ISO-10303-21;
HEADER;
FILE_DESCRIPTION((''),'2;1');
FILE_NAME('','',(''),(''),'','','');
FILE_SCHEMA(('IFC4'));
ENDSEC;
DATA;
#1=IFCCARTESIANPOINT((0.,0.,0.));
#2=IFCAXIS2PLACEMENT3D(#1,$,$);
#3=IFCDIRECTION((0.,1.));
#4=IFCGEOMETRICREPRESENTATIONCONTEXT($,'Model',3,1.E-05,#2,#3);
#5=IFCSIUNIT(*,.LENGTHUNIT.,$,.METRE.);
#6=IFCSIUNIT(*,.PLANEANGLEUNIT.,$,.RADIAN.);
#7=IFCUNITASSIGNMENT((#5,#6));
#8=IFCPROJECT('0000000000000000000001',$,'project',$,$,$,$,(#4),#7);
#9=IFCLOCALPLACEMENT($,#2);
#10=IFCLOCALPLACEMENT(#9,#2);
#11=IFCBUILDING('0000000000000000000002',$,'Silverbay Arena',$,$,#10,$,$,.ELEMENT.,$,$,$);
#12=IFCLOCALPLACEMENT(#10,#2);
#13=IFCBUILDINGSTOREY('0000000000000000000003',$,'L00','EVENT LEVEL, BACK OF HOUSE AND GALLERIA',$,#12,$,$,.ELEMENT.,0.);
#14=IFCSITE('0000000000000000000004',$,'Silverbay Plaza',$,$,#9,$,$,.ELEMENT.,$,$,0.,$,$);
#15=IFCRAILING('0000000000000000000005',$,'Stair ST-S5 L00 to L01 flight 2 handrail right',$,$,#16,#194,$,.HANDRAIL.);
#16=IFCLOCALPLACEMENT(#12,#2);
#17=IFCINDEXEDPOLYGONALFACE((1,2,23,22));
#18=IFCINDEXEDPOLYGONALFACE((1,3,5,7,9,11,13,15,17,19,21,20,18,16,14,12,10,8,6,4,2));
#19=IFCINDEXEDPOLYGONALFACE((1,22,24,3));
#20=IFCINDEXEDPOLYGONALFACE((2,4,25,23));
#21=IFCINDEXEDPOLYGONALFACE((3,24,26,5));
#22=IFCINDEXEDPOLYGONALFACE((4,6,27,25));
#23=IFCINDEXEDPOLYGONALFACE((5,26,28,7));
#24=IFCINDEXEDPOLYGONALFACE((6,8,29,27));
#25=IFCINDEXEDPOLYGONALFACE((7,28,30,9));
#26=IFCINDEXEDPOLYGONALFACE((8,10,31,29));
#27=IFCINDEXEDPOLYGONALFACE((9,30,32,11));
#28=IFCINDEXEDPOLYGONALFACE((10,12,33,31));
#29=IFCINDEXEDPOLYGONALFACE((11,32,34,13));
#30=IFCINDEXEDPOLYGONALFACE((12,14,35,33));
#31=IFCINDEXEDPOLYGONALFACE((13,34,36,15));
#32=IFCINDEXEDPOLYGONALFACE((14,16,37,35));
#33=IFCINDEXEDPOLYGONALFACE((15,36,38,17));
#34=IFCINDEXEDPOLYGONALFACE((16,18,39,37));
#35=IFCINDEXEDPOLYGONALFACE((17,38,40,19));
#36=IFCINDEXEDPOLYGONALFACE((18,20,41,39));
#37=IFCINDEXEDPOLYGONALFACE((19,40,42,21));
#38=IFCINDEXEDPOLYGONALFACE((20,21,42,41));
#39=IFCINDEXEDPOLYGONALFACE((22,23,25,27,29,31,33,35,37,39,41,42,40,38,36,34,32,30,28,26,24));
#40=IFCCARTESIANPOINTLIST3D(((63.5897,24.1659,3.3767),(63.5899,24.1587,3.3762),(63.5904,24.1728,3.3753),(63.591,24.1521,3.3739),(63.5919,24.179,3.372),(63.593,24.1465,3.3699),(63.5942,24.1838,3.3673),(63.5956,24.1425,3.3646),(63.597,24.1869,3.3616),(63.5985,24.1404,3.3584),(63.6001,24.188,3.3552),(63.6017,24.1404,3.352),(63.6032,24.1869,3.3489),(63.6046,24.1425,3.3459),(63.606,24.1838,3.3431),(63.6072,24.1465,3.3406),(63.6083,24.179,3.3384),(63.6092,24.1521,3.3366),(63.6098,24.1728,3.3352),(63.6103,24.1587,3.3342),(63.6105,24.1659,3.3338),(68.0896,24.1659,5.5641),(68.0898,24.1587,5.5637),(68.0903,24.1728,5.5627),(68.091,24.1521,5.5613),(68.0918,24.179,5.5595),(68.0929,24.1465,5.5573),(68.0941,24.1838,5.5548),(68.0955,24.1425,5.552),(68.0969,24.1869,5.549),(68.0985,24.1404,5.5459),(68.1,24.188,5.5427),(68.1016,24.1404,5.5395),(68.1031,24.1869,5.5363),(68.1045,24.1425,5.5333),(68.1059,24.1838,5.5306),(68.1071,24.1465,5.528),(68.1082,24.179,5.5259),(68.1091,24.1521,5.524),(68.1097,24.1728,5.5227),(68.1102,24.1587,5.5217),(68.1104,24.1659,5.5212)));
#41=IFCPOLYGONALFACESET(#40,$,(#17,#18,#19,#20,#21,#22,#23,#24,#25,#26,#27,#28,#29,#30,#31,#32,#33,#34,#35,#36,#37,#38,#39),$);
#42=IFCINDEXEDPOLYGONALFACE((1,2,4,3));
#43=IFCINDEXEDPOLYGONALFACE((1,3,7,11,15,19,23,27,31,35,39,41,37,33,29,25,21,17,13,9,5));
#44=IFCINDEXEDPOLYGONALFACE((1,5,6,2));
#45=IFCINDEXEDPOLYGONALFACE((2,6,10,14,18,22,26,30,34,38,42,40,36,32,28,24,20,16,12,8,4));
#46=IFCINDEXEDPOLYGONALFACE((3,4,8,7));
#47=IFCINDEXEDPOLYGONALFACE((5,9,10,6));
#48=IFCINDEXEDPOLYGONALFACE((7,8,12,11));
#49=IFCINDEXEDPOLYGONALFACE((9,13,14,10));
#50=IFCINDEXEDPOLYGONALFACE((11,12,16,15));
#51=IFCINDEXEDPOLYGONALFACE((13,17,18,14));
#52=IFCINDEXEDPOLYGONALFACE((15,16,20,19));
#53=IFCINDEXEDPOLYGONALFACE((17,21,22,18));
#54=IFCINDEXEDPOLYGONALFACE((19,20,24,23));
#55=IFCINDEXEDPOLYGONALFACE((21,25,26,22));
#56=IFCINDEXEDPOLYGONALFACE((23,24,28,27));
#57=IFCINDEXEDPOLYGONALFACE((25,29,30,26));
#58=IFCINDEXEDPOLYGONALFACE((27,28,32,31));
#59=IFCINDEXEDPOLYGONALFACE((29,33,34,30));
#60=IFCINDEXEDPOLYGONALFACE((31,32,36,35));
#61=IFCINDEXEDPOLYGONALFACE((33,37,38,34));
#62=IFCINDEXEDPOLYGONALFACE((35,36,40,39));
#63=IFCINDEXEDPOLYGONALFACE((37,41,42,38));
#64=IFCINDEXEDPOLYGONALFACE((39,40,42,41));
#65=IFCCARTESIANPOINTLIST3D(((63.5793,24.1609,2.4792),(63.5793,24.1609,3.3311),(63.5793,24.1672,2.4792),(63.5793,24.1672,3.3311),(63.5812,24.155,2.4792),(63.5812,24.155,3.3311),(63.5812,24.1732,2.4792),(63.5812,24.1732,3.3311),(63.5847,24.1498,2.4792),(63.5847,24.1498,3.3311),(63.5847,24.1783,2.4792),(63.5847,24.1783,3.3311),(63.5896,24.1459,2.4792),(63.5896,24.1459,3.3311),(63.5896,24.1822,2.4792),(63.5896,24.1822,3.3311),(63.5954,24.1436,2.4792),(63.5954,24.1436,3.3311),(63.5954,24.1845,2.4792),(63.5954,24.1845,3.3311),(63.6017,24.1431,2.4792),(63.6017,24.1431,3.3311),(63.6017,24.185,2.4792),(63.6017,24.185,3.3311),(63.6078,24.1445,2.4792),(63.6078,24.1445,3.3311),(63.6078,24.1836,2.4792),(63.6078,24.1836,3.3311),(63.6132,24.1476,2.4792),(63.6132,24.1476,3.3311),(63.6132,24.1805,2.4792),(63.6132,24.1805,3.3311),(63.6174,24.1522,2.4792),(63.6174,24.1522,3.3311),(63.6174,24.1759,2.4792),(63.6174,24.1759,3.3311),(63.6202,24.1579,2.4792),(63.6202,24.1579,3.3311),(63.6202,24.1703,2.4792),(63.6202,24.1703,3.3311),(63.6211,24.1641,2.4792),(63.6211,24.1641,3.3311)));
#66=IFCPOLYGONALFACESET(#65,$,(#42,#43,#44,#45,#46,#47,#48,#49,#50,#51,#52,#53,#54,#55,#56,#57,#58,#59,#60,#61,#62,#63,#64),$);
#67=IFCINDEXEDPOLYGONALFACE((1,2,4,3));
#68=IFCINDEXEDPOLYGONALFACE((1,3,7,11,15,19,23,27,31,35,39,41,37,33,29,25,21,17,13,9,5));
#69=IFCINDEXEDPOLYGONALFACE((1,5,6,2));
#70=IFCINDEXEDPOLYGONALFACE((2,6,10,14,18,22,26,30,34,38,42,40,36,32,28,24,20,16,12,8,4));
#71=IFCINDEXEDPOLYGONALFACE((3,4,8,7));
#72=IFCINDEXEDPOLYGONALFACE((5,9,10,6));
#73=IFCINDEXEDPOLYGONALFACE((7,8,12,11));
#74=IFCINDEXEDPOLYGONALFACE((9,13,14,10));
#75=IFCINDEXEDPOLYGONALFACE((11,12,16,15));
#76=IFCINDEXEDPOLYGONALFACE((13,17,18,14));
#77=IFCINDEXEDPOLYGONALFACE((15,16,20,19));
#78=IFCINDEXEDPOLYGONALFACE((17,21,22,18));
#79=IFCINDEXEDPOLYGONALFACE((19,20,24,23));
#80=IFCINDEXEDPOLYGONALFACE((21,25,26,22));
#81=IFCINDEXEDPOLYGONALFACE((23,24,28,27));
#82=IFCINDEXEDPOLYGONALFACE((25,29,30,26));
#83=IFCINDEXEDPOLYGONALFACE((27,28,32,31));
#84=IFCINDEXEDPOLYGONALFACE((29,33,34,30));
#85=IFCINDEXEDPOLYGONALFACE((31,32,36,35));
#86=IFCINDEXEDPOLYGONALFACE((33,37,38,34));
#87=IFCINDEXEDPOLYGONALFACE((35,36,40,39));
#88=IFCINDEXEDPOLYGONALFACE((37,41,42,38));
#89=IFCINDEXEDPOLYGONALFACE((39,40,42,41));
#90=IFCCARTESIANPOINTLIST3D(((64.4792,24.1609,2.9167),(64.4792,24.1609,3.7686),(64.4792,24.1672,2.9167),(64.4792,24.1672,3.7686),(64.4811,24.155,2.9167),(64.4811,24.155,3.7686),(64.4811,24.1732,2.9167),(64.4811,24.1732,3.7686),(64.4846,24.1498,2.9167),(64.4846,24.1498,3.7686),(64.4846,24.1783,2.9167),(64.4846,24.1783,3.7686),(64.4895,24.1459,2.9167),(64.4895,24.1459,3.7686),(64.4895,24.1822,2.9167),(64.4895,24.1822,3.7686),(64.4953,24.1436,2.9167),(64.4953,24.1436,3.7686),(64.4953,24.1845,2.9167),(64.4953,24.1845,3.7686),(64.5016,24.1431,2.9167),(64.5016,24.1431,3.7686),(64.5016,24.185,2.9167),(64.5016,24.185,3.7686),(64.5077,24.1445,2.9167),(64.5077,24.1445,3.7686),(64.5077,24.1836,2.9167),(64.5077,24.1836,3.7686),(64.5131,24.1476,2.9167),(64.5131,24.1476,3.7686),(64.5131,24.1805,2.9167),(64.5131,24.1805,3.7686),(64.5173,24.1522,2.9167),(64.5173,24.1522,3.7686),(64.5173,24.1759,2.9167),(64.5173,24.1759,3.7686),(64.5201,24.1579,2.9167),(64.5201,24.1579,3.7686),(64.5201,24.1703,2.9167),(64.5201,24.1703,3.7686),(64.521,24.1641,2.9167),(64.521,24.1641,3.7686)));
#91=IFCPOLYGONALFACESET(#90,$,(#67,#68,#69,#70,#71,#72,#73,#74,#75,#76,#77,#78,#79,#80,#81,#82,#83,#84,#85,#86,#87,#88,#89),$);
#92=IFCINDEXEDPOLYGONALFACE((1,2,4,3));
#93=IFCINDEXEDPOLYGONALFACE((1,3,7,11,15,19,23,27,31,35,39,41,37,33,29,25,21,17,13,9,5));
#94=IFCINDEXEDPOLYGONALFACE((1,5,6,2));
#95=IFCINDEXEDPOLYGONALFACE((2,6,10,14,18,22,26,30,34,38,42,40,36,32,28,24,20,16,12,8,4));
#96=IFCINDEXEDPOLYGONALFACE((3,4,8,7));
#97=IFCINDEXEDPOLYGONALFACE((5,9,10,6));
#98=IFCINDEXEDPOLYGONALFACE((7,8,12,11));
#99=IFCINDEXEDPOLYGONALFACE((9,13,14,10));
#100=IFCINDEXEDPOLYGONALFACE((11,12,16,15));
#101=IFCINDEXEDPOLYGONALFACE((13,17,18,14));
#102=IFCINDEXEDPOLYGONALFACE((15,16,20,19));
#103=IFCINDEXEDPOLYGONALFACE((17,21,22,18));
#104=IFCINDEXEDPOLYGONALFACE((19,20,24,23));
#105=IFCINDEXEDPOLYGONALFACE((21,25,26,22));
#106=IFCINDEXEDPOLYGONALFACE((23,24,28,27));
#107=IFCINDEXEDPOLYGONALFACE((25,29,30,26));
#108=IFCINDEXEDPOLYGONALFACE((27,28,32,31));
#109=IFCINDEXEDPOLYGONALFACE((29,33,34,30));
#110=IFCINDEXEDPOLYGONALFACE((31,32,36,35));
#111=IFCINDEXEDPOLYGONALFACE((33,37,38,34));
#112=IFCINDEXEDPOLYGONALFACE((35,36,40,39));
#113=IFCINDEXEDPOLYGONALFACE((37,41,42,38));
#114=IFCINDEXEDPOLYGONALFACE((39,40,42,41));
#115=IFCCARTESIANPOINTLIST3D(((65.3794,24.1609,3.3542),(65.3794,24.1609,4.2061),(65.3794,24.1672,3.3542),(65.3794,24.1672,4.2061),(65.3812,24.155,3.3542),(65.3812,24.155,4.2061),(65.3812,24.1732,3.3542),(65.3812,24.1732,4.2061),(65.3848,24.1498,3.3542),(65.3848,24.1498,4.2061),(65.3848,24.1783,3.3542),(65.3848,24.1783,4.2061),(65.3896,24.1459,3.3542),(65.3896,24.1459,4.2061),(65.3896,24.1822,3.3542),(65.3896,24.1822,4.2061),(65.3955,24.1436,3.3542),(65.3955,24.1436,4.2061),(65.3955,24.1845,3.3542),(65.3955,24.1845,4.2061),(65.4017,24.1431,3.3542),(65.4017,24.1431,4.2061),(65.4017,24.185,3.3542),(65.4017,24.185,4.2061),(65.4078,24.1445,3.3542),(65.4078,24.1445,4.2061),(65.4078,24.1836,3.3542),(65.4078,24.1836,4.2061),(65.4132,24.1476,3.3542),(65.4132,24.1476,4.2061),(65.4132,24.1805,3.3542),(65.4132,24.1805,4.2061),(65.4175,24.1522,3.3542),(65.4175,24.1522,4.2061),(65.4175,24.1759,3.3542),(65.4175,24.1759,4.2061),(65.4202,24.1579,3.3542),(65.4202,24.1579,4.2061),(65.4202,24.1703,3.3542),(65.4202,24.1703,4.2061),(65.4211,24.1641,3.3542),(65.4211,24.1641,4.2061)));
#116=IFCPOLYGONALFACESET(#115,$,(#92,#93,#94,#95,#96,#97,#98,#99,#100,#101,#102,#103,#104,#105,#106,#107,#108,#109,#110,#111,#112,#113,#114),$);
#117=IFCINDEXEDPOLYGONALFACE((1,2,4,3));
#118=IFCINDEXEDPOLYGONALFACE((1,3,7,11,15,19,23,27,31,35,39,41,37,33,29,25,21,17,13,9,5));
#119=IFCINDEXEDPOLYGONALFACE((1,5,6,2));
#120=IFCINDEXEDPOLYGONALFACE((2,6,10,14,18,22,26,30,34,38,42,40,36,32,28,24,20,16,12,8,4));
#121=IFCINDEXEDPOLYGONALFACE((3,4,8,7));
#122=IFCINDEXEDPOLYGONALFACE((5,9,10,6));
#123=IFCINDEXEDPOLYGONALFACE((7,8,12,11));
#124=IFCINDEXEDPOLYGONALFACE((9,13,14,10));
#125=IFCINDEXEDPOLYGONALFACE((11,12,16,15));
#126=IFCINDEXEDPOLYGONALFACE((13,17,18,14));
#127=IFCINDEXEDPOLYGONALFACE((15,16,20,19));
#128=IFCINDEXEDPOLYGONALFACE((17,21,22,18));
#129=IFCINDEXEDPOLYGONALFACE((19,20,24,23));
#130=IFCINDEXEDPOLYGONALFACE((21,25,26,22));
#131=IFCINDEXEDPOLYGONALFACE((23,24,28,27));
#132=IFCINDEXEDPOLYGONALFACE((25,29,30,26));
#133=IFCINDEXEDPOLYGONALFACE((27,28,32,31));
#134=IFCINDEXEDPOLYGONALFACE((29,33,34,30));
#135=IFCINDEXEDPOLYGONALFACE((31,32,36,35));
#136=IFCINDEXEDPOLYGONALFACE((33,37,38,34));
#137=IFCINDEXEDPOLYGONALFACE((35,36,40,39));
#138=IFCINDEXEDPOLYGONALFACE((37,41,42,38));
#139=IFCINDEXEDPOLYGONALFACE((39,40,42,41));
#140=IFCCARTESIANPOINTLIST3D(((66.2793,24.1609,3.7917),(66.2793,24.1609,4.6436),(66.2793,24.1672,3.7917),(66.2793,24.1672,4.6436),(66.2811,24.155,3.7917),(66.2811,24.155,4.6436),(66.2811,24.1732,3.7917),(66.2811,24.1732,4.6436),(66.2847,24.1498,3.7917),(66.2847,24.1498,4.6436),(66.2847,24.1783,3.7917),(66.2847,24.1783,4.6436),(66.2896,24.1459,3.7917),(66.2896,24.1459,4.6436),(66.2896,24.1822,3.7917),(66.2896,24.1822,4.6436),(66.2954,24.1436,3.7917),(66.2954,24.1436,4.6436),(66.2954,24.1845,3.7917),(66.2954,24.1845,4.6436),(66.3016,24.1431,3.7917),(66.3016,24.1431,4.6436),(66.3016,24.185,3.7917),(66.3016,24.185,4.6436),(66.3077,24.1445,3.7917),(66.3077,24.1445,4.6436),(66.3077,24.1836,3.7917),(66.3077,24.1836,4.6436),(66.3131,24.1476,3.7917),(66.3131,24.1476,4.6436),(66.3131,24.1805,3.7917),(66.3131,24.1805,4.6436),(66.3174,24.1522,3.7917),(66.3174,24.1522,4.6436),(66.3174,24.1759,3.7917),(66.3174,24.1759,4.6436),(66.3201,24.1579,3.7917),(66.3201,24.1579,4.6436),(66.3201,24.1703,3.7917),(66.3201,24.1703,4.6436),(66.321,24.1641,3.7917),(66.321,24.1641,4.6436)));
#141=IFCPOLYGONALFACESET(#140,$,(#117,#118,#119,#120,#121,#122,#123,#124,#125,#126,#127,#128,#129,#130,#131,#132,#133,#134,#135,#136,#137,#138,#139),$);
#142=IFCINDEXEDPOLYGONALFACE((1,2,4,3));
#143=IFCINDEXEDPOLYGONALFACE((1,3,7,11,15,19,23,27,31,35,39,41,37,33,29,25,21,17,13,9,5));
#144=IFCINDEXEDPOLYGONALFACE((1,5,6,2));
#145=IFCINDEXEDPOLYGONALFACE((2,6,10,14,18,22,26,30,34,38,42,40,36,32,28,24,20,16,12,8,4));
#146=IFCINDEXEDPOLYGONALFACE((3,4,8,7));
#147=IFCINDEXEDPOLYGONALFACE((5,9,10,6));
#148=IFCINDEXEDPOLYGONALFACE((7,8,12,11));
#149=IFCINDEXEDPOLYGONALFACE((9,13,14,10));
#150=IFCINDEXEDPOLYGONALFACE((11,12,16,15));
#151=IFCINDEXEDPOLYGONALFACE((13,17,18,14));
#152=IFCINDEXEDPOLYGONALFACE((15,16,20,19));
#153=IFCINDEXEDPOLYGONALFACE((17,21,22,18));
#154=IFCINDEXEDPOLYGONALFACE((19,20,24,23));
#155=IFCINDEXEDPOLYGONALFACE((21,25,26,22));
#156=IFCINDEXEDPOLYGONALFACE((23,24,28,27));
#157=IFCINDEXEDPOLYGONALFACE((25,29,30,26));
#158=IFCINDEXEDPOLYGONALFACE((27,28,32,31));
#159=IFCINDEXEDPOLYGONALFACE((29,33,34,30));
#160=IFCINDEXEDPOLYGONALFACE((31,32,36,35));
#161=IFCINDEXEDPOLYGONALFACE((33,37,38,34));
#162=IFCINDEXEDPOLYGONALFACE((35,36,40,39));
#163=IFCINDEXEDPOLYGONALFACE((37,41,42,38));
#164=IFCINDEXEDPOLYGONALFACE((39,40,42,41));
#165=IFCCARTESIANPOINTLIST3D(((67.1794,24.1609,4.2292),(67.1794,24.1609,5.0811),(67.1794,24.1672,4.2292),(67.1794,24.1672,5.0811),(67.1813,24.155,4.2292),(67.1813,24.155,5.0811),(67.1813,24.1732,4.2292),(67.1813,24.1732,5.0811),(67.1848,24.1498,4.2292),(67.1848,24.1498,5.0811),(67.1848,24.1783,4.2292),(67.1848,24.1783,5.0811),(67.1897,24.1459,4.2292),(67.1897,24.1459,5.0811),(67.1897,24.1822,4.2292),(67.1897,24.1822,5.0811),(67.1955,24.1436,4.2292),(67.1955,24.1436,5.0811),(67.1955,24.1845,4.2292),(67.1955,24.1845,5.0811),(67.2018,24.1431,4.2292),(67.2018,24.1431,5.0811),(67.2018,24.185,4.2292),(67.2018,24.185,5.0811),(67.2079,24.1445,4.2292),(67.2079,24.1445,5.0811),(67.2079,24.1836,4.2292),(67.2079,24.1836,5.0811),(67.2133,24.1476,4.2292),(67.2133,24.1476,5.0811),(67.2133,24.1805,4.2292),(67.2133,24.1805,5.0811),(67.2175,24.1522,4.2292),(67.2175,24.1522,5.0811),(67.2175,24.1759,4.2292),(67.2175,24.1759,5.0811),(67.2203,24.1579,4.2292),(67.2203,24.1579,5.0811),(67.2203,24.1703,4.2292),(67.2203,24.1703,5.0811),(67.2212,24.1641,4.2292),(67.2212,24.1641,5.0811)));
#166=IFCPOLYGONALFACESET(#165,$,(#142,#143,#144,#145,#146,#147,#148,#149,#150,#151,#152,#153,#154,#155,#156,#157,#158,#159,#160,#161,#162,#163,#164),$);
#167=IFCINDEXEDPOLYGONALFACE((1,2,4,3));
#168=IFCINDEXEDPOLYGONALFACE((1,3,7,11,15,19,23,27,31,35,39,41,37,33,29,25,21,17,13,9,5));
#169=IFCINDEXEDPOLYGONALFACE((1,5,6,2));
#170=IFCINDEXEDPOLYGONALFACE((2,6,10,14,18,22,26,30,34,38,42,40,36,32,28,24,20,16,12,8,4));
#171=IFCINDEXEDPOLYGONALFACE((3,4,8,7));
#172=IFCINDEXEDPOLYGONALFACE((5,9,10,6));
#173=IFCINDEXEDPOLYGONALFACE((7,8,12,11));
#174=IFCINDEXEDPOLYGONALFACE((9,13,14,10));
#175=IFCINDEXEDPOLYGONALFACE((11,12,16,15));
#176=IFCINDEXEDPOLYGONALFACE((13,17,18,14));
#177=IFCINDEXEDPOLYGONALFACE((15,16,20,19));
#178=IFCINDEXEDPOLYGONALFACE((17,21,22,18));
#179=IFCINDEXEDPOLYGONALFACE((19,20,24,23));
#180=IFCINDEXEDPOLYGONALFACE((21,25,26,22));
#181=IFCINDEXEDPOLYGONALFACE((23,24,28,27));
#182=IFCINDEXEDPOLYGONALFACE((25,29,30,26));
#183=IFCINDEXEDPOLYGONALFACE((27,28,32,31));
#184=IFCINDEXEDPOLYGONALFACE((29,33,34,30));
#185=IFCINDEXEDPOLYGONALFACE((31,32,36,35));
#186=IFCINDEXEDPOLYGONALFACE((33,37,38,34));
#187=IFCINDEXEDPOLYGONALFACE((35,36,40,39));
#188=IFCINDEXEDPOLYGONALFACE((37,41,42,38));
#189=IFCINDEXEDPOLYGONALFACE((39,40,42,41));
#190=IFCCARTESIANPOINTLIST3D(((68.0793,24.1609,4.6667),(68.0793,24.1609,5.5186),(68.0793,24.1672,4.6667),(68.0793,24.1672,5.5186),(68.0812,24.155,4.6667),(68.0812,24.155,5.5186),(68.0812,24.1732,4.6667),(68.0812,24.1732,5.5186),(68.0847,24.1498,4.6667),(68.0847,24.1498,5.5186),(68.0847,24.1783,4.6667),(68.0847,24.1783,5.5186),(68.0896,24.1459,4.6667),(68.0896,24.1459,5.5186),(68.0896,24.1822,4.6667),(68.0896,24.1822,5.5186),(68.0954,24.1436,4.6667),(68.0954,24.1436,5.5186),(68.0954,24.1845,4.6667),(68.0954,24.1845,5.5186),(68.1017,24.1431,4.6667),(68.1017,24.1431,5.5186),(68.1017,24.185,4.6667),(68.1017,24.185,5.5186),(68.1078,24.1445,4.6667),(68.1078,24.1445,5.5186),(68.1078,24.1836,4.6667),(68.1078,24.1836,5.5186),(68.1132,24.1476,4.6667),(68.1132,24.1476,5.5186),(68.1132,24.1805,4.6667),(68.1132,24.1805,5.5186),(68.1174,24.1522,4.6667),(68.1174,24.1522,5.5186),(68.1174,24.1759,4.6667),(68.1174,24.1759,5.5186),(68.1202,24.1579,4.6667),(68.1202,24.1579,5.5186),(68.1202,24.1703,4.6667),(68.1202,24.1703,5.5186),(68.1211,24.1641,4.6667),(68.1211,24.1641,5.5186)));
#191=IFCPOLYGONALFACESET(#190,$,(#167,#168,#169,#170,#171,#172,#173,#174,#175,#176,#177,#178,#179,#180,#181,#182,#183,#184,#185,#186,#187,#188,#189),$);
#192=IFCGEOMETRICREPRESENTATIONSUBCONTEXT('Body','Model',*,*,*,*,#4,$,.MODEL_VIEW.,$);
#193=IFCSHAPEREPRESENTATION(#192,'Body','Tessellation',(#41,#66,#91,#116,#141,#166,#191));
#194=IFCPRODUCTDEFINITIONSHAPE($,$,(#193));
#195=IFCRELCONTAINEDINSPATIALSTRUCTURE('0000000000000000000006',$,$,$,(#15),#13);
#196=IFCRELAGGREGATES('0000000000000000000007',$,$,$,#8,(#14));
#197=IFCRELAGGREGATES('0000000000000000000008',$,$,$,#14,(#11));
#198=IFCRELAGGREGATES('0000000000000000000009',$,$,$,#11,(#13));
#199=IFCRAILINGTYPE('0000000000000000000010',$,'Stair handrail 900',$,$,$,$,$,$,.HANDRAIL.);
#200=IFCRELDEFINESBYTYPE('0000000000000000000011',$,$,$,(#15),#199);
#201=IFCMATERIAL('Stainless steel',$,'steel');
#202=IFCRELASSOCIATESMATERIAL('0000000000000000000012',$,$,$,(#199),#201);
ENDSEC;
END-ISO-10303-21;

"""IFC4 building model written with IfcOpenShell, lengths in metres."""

from ifc_helpers import new_model, si_unit, direction, frame, origin, origin_2d, place, context, subcontext, project, spatial, circle, extrude, material, type_object, element, save


model = new_model("IFC4")

# Units and contexts
model_context = context("Model", 3, precision=1e-05, world=origin(), true_north=direction((0.0, 1.0)))
body_context = subcontext(model_context, "Body", "Model", "MODEL_VIEW")
ifc_project = project(units=[si_unit("LENGTHUNIT", "METRE"), si_unit("PLANEANGLEUNIT", "RADIAN")], contexts=[model_context])

# Site, building, storey
site_placement = place(None, origin())
site = spatial("IfcSite", under=ifc_project, at=site_placement, Name="Silverbay Plaza", CompositionType="ELEMENT", RefElevation=0.0)
building_placement = place(site_placement, origin())
building = spatial("IfcBuilding", under=site, at=building_placement, Name="Silverbay Arena", CompositionType="ELEMENT")
storey_placement = place(building_placement, origin())
storey = spatial("IfcBuildingStorey", under=building, at=storey_placement, Name="L00", Description="EVENT LEVEL, BACK OF HOUSE AND GALLERIA", CompositionType="ELEMENT", Elevation=0.0)

# Railing
ifc_material_1 = material(Name="Stainless steel", Category="steel")
railing_type_1 = type_object("IfcRailingType", Name="Stair handrail 900", PredefinedType="HANDRAIL", material=ifc_material_1)
for number, where, name in (
    (1, (63.6001, 24.1641, 2.4792), "Stair ST-S5 L00 to L01 flight 2 handrail right"),
):
    element("IfcRailing", number, at=place(storey_placement, frame(where)), inside=storey, type_object=railing_type_1, Name=name, PredefinedType="HANDRAIL", context=body_context, shape_type="SweptSolid", body=[
        extrude(circle(Radius=0.0239, at=origin_2d()), frame((0.0, 0.0, 0.876), z_axis=(0.899368, 0.0, 0.437193), x_axis=(0.0, 1.0, 0.0)), (0.0, 0.0, 1.0), 5.0034),
        extrude(circle(Radius=0.021, at=origin_2d()), origin(), (0.0, 0.0, 1.0), 0.8518),
        extrude(circle(Radius=0.021, at=origin_2d()), frame((0.8999, 0.0, 0.4375)), (0.0, 0.0, 1.0), 0.8518),
        extrude(circle(Radius=0.021, at=origin_2d()), frame((1.8, 0.0, 0.875)), (0.0, 0.0, 1.0), 0.8518),
        extrude(circle(Radius=0.021, at=origin_2d()), frame((2.7, 0.0, 1.3125)), (0.0, 0.0, 1.0), 0.8518),
        extrude(circle(Radius=0.021, at=origin_2d()), frame((3.6001, 0.0, 1.75)), (0.0, 0.0, 1.0), 0.8518),
        extrude(circle(Radius=0.021, at=origin_2d()), frame((4.5, 0.0, 2.1875)), (0.0, 0.0, 1.0), 0.8518),
    ])

save(model, "model.ifc")
